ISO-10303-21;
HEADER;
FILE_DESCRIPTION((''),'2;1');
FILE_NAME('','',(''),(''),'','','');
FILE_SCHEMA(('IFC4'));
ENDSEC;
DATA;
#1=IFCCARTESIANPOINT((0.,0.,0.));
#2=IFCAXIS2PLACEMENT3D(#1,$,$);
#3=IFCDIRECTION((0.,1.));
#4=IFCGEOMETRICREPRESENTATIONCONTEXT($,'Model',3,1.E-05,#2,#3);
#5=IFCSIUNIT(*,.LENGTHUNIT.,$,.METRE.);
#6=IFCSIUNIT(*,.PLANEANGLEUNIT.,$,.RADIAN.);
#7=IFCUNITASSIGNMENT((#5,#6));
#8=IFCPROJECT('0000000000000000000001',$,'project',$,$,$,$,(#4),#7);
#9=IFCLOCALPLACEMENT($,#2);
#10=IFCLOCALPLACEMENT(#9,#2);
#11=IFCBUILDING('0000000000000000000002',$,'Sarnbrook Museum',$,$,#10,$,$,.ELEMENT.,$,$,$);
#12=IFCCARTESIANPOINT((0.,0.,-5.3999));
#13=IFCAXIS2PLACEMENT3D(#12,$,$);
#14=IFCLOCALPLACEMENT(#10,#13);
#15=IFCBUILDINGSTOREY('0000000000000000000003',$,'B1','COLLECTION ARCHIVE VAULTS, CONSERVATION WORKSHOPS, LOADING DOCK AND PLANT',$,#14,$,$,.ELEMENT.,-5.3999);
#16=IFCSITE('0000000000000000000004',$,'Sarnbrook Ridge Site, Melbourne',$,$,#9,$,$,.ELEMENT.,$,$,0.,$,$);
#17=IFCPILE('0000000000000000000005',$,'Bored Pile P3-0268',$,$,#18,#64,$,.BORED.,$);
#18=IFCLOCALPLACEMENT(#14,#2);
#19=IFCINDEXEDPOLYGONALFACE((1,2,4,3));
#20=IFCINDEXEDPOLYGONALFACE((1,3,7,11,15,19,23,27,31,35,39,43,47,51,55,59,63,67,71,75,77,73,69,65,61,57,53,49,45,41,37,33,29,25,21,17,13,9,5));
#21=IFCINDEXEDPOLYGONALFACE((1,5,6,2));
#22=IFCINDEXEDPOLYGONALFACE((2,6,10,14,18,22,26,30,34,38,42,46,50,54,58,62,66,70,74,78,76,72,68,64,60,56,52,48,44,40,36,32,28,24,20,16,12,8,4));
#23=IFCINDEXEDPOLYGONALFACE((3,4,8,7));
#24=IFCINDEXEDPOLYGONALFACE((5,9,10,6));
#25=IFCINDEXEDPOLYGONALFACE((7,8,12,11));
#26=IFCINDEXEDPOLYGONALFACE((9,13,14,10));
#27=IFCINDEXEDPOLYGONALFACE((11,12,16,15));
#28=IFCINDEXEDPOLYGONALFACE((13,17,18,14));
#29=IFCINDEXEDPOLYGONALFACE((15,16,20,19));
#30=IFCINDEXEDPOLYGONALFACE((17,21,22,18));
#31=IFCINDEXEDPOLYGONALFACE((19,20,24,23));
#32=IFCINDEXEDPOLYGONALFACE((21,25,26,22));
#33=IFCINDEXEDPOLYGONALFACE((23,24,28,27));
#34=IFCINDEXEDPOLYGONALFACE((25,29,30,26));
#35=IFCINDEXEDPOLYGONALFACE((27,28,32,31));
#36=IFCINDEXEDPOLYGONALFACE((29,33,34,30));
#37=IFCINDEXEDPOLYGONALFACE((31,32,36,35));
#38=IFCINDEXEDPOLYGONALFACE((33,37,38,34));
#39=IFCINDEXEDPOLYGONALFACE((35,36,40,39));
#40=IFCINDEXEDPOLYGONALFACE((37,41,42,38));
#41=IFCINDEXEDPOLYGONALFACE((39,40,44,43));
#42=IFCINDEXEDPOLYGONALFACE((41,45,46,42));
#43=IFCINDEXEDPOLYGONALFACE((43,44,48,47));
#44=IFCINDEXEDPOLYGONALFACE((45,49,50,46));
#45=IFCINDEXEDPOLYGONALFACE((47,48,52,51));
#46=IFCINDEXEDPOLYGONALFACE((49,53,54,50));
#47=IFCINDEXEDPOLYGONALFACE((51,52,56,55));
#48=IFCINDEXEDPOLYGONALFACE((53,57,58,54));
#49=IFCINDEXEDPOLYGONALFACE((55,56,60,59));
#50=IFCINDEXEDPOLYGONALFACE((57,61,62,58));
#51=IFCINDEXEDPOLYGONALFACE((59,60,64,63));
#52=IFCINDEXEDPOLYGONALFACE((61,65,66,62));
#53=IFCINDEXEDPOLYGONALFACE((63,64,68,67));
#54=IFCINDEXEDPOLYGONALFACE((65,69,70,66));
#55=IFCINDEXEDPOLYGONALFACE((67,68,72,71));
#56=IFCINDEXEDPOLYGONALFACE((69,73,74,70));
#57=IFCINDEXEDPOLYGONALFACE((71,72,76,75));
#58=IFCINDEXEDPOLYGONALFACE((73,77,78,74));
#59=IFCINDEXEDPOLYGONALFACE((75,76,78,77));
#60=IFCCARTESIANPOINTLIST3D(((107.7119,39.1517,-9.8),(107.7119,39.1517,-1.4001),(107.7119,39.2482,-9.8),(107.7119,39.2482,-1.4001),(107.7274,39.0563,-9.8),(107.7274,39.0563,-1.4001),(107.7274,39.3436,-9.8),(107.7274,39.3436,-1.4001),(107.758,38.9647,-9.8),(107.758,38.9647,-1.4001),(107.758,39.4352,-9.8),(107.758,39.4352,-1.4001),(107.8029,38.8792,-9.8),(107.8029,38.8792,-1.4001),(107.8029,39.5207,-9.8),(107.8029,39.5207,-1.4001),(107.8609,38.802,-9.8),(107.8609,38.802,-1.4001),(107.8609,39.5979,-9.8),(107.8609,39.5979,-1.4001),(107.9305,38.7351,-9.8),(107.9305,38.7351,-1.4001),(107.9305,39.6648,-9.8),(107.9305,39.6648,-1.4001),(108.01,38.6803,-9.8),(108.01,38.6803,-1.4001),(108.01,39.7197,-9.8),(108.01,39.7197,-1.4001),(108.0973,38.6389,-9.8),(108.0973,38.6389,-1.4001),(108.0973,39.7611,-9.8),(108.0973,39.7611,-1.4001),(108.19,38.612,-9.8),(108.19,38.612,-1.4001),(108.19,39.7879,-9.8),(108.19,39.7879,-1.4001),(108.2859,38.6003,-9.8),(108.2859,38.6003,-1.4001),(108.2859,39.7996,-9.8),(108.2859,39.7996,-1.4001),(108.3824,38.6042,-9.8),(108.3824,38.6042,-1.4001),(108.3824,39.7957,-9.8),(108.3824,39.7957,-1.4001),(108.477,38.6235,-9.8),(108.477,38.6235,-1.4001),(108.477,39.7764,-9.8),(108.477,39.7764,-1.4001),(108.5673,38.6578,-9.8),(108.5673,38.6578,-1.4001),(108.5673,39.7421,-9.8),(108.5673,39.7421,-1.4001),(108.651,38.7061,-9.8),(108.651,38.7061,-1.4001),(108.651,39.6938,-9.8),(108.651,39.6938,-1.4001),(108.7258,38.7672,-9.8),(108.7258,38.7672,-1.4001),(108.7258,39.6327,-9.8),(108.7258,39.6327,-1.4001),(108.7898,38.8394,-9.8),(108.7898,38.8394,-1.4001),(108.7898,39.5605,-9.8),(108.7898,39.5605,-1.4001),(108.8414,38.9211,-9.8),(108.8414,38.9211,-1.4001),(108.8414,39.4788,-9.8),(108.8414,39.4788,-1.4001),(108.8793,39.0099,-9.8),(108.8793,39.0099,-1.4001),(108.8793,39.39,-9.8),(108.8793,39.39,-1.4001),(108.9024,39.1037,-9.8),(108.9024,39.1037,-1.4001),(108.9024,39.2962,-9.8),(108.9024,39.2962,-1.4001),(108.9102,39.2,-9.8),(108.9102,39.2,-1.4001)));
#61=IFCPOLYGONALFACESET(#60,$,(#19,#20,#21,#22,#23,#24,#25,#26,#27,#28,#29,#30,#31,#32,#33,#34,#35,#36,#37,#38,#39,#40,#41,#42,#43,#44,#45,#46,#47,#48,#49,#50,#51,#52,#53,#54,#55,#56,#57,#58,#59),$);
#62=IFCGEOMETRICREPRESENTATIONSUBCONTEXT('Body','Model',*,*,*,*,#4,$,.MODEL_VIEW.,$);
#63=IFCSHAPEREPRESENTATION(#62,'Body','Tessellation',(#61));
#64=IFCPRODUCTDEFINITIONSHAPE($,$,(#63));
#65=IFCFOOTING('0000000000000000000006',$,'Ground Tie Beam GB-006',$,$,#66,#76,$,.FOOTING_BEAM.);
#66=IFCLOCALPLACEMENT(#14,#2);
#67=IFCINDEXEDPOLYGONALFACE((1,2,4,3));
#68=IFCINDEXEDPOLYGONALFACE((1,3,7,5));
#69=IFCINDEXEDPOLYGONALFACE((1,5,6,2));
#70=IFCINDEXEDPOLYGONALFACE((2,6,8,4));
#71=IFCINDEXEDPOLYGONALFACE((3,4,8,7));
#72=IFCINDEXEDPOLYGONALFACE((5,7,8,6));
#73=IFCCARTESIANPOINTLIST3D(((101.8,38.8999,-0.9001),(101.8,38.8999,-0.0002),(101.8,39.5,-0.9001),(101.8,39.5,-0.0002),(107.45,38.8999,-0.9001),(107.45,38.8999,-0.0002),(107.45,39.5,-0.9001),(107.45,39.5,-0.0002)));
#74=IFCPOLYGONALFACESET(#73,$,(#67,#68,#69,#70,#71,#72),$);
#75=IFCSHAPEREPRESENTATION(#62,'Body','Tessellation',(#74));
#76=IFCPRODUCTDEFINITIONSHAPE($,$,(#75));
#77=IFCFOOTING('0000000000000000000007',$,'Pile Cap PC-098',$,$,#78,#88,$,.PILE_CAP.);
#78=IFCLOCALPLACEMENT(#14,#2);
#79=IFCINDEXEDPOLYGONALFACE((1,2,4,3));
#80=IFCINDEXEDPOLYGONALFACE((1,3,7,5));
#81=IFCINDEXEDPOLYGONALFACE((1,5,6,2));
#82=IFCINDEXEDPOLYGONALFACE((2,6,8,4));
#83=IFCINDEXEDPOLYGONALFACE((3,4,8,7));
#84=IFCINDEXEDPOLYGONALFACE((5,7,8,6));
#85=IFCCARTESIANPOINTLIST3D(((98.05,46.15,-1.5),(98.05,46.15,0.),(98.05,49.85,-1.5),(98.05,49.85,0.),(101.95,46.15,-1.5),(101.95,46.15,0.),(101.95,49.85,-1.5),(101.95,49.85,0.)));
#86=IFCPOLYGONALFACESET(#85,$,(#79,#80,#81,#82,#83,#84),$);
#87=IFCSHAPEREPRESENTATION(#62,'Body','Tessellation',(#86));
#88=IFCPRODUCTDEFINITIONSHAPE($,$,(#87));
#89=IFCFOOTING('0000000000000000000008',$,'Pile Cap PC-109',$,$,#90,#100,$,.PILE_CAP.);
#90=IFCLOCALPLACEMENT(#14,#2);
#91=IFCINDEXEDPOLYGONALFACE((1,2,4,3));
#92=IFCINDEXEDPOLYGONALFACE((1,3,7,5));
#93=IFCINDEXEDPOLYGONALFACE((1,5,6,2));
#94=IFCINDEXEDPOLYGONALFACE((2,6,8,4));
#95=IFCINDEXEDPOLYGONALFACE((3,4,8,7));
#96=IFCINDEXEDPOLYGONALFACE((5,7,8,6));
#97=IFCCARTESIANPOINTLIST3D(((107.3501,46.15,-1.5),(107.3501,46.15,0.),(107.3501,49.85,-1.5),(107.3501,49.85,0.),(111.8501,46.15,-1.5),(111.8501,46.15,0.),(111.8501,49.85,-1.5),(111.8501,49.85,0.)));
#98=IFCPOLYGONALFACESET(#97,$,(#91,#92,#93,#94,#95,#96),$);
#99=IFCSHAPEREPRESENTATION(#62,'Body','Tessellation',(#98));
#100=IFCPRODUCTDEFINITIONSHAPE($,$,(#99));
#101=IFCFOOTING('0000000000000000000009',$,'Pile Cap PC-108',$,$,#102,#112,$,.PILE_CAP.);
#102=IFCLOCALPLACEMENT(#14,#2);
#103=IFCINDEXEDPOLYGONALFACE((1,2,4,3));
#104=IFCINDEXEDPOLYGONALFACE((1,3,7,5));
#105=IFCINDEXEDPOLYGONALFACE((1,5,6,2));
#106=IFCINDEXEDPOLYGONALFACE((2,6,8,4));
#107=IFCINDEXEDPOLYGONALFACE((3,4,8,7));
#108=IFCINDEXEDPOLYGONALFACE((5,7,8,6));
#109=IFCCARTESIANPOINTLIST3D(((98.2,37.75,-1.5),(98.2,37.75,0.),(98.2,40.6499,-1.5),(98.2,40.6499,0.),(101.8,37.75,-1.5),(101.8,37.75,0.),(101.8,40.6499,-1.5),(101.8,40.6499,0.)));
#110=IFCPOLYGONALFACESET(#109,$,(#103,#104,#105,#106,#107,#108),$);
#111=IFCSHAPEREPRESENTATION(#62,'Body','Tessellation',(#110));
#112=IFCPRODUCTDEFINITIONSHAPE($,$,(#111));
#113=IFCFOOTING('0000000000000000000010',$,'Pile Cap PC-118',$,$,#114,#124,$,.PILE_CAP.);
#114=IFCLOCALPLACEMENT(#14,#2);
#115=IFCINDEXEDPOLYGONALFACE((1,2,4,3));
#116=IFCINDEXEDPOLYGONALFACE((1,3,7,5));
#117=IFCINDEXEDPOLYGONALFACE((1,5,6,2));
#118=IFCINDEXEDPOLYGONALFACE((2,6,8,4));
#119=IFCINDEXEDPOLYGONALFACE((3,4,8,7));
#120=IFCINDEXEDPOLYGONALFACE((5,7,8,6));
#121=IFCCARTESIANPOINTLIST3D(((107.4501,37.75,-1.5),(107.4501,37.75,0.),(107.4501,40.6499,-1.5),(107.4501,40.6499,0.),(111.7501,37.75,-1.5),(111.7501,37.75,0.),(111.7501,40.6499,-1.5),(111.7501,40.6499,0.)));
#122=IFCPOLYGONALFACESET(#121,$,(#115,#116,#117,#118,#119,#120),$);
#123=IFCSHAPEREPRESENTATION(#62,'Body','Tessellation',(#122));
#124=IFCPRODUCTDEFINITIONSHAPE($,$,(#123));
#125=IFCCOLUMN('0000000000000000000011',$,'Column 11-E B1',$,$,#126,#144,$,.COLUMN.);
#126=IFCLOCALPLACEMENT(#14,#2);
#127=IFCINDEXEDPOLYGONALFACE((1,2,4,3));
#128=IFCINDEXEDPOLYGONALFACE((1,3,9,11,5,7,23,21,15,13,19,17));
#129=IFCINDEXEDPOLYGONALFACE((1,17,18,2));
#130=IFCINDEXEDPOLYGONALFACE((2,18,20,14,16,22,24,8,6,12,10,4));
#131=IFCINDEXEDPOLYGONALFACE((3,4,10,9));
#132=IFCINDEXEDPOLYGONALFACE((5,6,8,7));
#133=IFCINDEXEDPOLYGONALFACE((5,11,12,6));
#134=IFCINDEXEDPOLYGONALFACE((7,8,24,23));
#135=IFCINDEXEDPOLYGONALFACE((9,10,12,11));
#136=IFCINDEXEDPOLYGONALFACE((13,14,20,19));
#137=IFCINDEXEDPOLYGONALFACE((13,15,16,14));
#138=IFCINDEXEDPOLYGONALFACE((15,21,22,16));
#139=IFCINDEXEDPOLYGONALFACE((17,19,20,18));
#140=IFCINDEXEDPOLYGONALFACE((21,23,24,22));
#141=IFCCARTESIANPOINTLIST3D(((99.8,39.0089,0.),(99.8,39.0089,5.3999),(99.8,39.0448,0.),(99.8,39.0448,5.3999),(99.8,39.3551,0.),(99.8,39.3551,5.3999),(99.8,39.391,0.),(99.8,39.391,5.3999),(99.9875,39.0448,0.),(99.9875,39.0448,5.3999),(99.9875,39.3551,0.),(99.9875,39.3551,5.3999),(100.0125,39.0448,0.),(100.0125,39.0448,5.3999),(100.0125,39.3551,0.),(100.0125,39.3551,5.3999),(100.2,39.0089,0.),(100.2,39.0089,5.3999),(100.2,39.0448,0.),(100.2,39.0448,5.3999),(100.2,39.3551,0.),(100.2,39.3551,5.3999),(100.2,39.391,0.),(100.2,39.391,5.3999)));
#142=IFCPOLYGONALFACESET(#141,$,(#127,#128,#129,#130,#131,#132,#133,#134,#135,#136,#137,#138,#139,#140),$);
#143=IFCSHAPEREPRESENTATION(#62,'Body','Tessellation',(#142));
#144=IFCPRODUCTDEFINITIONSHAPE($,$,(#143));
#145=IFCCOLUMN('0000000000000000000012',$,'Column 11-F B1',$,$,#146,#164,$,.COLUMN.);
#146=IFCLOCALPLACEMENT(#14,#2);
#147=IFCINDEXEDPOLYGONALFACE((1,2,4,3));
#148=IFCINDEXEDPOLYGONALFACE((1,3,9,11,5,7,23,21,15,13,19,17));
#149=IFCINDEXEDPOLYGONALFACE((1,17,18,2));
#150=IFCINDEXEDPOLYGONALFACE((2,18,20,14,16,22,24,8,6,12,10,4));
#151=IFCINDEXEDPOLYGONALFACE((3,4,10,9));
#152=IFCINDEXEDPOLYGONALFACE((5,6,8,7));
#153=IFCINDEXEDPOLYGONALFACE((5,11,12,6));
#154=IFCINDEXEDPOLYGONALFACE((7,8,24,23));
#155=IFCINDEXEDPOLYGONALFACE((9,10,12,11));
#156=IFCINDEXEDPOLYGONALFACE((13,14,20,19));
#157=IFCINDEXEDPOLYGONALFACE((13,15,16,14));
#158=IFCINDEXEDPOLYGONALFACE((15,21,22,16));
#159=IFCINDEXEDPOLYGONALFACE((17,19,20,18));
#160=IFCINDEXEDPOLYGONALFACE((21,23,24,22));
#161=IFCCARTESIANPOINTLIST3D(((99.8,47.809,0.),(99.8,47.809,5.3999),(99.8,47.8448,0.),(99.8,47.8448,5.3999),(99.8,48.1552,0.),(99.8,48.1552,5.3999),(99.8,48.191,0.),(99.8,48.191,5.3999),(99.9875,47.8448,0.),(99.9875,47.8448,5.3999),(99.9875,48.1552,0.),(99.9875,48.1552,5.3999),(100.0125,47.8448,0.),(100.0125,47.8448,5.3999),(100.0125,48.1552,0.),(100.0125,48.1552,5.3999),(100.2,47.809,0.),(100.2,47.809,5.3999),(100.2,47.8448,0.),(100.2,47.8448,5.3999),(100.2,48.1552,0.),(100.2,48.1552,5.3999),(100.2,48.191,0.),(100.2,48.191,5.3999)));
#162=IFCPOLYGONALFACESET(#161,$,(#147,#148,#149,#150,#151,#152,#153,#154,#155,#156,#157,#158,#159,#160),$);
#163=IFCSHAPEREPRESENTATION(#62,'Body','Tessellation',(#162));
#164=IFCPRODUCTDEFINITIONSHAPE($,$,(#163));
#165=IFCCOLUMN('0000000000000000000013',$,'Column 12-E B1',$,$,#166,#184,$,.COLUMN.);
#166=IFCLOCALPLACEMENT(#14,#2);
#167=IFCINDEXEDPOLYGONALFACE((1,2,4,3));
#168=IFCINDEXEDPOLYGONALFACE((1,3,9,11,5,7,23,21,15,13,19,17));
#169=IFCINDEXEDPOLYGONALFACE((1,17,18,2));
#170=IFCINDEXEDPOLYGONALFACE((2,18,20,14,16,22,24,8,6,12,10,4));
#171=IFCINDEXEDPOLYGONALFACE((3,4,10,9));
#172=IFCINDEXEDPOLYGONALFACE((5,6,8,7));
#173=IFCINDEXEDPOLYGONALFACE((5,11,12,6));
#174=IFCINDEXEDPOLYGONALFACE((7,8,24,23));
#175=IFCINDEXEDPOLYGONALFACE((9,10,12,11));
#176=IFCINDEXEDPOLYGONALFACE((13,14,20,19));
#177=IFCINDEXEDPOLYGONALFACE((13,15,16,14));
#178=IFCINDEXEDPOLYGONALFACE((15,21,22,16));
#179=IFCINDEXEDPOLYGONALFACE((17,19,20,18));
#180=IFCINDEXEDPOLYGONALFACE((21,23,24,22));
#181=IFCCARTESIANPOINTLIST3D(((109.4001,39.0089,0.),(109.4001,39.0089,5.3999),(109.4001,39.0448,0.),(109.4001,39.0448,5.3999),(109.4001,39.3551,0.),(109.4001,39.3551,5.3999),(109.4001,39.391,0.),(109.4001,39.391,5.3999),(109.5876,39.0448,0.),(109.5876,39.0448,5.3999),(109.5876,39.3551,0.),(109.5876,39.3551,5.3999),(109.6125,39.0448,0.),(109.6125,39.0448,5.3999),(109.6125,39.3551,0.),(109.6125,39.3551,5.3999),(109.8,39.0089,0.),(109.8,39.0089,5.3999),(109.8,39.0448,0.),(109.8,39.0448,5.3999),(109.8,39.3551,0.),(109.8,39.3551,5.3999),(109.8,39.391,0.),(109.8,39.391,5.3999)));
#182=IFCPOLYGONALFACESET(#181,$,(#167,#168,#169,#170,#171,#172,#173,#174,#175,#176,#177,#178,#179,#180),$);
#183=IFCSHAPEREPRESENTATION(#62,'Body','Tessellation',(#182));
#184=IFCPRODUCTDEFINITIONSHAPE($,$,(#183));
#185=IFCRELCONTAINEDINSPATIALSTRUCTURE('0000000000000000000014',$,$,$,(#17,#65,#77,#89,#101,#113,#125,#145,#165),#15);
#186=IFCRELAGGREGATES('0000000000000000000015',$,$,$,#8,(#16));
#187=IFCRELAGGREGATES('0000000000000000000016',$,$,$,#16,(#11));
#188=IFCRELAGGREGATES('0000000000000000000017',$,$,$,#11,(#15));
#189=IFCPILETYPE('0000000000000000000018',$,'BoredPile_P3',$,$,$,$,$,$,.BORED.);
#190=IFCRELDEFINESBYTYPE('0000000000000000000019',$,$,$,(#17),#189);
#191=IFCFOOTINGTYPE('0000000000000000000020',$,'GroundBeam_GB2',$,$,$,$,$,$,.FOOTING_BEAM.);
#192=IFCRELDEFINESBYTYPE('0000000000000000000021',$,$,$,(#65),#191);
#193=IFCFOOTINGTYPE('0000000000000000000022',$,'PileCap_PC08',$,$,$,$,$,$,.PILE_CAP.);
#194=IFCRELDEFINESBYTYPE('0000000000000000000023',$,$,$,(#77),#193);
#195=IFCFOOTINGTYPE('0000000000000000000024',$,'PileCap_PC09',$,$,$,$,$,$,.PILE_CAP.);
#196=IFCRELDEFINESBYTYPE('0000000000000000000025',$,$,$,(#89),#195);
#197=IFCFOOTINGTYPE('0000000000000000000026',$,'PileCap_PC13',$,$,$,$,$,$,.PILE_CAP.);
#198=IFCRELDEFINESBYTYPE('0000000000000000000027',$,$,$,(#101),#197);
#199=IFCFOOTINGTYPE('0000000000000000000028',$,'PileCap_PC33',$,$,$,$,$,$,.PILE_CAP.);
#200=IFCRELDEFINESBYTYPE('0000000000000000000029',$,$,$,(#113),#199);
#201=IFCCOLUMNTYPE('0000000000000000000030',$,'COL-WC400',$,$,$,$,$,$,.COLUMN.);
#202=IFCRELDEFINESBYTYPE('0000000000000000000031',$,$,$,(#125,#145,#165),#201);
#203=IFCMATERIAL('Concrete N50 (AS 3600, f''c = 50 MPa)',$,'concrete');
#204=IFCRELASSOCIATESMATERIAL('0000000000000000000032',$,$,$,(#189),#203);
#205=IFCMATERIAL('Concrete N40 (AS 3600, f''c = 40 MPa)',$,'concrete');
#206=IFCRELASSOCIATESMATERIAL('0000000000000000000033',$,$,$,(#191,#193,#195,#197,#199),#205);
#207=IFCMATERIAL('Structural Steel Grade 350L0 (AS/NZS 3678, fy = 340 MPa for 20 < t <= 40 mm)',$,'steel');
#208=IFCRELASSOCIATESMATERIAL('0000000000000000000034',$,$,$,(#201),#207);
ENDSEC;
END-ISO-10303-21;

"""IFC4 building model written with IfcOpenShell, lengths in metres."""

from ifc_helpers import new_model, si_unit, direction, frame, origin, origin_2d, place, context, subcontext, project, spatial, rectangle, circle, i_section, extrude, material, material_profile, profile_set, type_object, element, save


model = new_model("IFC4")

# Units and contexts
model_context = context("Model", 3, precision=1e-05, world=origin(), true_north=direction((0.0, 1.0)))
body_context = subcontext(model_context, "Body", "Model", "MODEL_VIEW")
ifc_project = project(units=[si_unit("LENGTHUNIT", "METRE"), si_unit("PLANEANGLEUNIT", "RADIAN")], contexts=[model_context])

# Site, building, storey
site_placement = place(None, origin())
site = spatial("IfcSite", under=ifc_project, at=site_placement, Name="Sarnbrook Ridge Site, Melbourne", CompositionType="ELEMENT", RefElevation=0.0)
building_placement = place(site_placement, origin())
building = spatial("IfcBuilding", under=site, at=building_placement, Name="Sarnbrook Museum", CompositionType="ELEMENT")
storey_placement = place(building_placement, frame((0.0, 0.0, -5.3999)))
storey = spatial("IfcBuildingStorey", under=building, at=storey_placement, Name="B1", Description="COLLECTION ARCHIVE VAULTS, CONSERVATION WORKSHOPS, LOADING DOCK AND PLANT", CompositionType="ELEMENT", Elevation=-5.3999)

# Pile
ifc_material_1 = material(Name="Concrete N50 (AS 3600, f'c = 50 MPa)", Category="concrete")
ifc_material_profile_1 = material_profile(ifc_material_1, circle(Radius=0.6001, at=origin_2d()), Name="BORED PILE D1200")
ifc_profile_set_1 = profile_set([ifc_material_profile_1], Name="Concrete N50 (AS 3600, f'c = 50 MPa)")
pile_type_1 = type_object("IfcPileType", Name="BoredPile_P3", PredefinedType="BORED", material=ifc_profile_set_1)
pile_placement = place(storey_placement, frame((108.3101, 39.2, -1.4001), z_axis=(0.0, 0.0, -1.0), x_axis=(1.0, 0.0, 0.0)))
element("IfcPile", 1, at=pile_placement, inside=storey, type_object=pile_type_1, Name="Bored Pile P3-0268", PredefinedType="BORED", context=body_context, shape_type="SweptSolid", body=[
    extrude(circle(Radius=0.6001, at=origin_2d()), origin(), (0.0, 0.0, 1.0), 8.3999),
])

# Footings
ifc_material_2 = material(Name="Concrete N40 (AS 3600, f'c = 40 MPa)", Category="concrete")
footing_type_1 = type_object("IfcFootingType", Name="GroundBeam_GB2", PredefinedType="FOOTING_BEAM", material=ifc_material_2)
footing_1_placement = place(storey_placement, frame((104.625, 39.2, -0.9001), z_axis=(0.0, 0.0, 1.0), x_axis=(1.0, 0.0, 0.0)))
element("IfcFooting", 2, at=footing_1_placement, inside=storey, type_object=footing_type_1, Name="Ground Tie Beam GB-006", PredefinedType="FOOTING_BEAM", context=body_context, shape_type="SweptSolid", body=[
    extrude(rectangle(XDim=5.6499, YDim=0.6001, at=origin_2d()), origin(), (0.0, 0.0, 1.0), 0.8999),
])
footing_type_2 = type_object("IfcFootingType", Name="PileCap_PC08", PredefinedType="PILE_CAP", material=ifc_material_2)
footing_2_placement = place(storey_placement, frame((100.0, 48.0, -1.5), z_axis=(0.0, 0.0, 1.0), x_axis=(1.0, 0.0, 0.0)))
element("IfcFooting", 3, at=footing_2_placement, inside=storey, type_object=footing_type_2, Name="Pile Cap PC-098", PredefinedType="PILE_CAP", context=body_context, shape_type="SweptSolid", body=[
    extrude(rectangle(XDim=3.8999, YDim=3.7, at=origin_2d()), origin(), (0.0, 0.0, 1.0), 1.5),
])
footing_type_3 = type_object("IfcFootingType", Name="PileCap_PC09", PredefinedType="PILE_CAP", material=ifc_material_2)
footing_3_placement = place(storey_placement, frame((109.6001, 48.0, -1.5), z_axis=(0.0, 0.0, 1.0), x_axis=(1.0, 0.0, 0.0)))
element("IfcFooting", 4, at=footing_3_placement, inside=storey, type_object=footing_type_3, Name="Pile Cap PC-109", PredefinedType="PILE_CAP", context=body_context, shape_type="SweptSolid", body=[
    extrude(rectangle(XDim=4.5, YDim=3.7, at=origin_2d()), origin(), (0.0, 0.0, 1.0), 1.5),
])
footing_type_4 = type_object("IfcFootingType", Name="PileCap_PC13", PredefinedType="PILE_CAP", material=ifc_material_2)
footing_4_placement = place(storey_placement, frame((100.0, 39.2, -1.5), z_axis=(0.0, 0.0, 1.0), x_axis=(1.0, 0.0, 0.0)))
element("IfcFooting", 5, at=footing_4_placement, inside=storey, type_object=footing_type_4, Name="Pile Cap PC-108", PredefinedType="PILE_CAP", context=body_context, shape_type="SweptSolid", body=[
    extrude(rectangle(XDim=3.6001, YDim=2.8999, at=origin_2d()), origin(), (0.0, 0.0, 1.0), 1.5),
])
footing_type_5 = type_object("IfcFootingType", Name="PileCap_PC33", PredefinedType="PILE_CAP", material=ifc_material_2)
footing_5_placement = place(storey_placement, frame((109.6001, 39.2, -1.5), z_axis=(0.0, 0.0, 1.0), x_axis=(1.0, 0.0, 0.0)))
element("IfcFooting", 6, at=footing_5_placement, inside=storey, type_object=footing_type_5, Name="Pile Cap PC-118", PredefinedType="PILE_CAP", context=body_context, shape_type="SweptSolid", body=[
    extrude(rectangle(XDim=4.3, YDim=2.8999, at=origin_2d()), origin(), (0.0, 0.0, 1.0), 1.5),
])

# Columns
ifc_material_3 = material(Name="Structural Steel Grade 350L0 (AS/NZS 3678, fy = 340 MPa for 20 < t <= 40 mm)", Category="steel")
ifc_material_profile_2 = material_profile(ifc_material_3, i_section(OverallWidth=0.3999, OverallDepth=0.3821, WebThickness=0.0249, FlangeThickness=0.0359, at=origin_2d()), Name="400WC270")
ifc_profile_set_2 = profile_set([ifc_material_profile_2], Name="Structural Steel Grade 350L0 (AS/NZS 3678, fy = 340 MPa for 20 < t <= 40 mm)")
column_type = type_object("IfcColumnType", Name="COL-WC400", PredefinedType="COLUMN", material=ifc_profile_set_2)
for number, where, z_axis, x_axis, name in (
    (7, (100.0, 39.2, 0.0), (0.0, 0.0, 1.0), (1.0, 0.0, 0.0), "Column 11-E B1"),
    (8, (100.0, 48.0, 0.0), (0.0, 0.0, 1.0), (1.0, 0.0, 0.0), "Column 11-F B1"),
    (9, (109.6001, 39.2, 0.0), (0.0, 0.0, 1.0), (1.0, 0.0, 0.0), "Column 12-E B1"),
):
    element("IfcColumn", number, at=place(storey_placement, frame(where, z_axis=z_axis, x_axis=x_axis)), inside=storey, type_object=column_type, Name=name, PredefinedType="COLUMN", context=body_context, shape_type="SweptSolid", body=[
        extrude(i_section(OverallWidth=0.3999, OverallDepth=0.3821, WebThickness=0.0249, FlangeThickness=0.0359, at=origin_2d()), origin(), (0.0, 0.0, 1.0), 5.3999),
    ])

save(model, "model.ifc")
